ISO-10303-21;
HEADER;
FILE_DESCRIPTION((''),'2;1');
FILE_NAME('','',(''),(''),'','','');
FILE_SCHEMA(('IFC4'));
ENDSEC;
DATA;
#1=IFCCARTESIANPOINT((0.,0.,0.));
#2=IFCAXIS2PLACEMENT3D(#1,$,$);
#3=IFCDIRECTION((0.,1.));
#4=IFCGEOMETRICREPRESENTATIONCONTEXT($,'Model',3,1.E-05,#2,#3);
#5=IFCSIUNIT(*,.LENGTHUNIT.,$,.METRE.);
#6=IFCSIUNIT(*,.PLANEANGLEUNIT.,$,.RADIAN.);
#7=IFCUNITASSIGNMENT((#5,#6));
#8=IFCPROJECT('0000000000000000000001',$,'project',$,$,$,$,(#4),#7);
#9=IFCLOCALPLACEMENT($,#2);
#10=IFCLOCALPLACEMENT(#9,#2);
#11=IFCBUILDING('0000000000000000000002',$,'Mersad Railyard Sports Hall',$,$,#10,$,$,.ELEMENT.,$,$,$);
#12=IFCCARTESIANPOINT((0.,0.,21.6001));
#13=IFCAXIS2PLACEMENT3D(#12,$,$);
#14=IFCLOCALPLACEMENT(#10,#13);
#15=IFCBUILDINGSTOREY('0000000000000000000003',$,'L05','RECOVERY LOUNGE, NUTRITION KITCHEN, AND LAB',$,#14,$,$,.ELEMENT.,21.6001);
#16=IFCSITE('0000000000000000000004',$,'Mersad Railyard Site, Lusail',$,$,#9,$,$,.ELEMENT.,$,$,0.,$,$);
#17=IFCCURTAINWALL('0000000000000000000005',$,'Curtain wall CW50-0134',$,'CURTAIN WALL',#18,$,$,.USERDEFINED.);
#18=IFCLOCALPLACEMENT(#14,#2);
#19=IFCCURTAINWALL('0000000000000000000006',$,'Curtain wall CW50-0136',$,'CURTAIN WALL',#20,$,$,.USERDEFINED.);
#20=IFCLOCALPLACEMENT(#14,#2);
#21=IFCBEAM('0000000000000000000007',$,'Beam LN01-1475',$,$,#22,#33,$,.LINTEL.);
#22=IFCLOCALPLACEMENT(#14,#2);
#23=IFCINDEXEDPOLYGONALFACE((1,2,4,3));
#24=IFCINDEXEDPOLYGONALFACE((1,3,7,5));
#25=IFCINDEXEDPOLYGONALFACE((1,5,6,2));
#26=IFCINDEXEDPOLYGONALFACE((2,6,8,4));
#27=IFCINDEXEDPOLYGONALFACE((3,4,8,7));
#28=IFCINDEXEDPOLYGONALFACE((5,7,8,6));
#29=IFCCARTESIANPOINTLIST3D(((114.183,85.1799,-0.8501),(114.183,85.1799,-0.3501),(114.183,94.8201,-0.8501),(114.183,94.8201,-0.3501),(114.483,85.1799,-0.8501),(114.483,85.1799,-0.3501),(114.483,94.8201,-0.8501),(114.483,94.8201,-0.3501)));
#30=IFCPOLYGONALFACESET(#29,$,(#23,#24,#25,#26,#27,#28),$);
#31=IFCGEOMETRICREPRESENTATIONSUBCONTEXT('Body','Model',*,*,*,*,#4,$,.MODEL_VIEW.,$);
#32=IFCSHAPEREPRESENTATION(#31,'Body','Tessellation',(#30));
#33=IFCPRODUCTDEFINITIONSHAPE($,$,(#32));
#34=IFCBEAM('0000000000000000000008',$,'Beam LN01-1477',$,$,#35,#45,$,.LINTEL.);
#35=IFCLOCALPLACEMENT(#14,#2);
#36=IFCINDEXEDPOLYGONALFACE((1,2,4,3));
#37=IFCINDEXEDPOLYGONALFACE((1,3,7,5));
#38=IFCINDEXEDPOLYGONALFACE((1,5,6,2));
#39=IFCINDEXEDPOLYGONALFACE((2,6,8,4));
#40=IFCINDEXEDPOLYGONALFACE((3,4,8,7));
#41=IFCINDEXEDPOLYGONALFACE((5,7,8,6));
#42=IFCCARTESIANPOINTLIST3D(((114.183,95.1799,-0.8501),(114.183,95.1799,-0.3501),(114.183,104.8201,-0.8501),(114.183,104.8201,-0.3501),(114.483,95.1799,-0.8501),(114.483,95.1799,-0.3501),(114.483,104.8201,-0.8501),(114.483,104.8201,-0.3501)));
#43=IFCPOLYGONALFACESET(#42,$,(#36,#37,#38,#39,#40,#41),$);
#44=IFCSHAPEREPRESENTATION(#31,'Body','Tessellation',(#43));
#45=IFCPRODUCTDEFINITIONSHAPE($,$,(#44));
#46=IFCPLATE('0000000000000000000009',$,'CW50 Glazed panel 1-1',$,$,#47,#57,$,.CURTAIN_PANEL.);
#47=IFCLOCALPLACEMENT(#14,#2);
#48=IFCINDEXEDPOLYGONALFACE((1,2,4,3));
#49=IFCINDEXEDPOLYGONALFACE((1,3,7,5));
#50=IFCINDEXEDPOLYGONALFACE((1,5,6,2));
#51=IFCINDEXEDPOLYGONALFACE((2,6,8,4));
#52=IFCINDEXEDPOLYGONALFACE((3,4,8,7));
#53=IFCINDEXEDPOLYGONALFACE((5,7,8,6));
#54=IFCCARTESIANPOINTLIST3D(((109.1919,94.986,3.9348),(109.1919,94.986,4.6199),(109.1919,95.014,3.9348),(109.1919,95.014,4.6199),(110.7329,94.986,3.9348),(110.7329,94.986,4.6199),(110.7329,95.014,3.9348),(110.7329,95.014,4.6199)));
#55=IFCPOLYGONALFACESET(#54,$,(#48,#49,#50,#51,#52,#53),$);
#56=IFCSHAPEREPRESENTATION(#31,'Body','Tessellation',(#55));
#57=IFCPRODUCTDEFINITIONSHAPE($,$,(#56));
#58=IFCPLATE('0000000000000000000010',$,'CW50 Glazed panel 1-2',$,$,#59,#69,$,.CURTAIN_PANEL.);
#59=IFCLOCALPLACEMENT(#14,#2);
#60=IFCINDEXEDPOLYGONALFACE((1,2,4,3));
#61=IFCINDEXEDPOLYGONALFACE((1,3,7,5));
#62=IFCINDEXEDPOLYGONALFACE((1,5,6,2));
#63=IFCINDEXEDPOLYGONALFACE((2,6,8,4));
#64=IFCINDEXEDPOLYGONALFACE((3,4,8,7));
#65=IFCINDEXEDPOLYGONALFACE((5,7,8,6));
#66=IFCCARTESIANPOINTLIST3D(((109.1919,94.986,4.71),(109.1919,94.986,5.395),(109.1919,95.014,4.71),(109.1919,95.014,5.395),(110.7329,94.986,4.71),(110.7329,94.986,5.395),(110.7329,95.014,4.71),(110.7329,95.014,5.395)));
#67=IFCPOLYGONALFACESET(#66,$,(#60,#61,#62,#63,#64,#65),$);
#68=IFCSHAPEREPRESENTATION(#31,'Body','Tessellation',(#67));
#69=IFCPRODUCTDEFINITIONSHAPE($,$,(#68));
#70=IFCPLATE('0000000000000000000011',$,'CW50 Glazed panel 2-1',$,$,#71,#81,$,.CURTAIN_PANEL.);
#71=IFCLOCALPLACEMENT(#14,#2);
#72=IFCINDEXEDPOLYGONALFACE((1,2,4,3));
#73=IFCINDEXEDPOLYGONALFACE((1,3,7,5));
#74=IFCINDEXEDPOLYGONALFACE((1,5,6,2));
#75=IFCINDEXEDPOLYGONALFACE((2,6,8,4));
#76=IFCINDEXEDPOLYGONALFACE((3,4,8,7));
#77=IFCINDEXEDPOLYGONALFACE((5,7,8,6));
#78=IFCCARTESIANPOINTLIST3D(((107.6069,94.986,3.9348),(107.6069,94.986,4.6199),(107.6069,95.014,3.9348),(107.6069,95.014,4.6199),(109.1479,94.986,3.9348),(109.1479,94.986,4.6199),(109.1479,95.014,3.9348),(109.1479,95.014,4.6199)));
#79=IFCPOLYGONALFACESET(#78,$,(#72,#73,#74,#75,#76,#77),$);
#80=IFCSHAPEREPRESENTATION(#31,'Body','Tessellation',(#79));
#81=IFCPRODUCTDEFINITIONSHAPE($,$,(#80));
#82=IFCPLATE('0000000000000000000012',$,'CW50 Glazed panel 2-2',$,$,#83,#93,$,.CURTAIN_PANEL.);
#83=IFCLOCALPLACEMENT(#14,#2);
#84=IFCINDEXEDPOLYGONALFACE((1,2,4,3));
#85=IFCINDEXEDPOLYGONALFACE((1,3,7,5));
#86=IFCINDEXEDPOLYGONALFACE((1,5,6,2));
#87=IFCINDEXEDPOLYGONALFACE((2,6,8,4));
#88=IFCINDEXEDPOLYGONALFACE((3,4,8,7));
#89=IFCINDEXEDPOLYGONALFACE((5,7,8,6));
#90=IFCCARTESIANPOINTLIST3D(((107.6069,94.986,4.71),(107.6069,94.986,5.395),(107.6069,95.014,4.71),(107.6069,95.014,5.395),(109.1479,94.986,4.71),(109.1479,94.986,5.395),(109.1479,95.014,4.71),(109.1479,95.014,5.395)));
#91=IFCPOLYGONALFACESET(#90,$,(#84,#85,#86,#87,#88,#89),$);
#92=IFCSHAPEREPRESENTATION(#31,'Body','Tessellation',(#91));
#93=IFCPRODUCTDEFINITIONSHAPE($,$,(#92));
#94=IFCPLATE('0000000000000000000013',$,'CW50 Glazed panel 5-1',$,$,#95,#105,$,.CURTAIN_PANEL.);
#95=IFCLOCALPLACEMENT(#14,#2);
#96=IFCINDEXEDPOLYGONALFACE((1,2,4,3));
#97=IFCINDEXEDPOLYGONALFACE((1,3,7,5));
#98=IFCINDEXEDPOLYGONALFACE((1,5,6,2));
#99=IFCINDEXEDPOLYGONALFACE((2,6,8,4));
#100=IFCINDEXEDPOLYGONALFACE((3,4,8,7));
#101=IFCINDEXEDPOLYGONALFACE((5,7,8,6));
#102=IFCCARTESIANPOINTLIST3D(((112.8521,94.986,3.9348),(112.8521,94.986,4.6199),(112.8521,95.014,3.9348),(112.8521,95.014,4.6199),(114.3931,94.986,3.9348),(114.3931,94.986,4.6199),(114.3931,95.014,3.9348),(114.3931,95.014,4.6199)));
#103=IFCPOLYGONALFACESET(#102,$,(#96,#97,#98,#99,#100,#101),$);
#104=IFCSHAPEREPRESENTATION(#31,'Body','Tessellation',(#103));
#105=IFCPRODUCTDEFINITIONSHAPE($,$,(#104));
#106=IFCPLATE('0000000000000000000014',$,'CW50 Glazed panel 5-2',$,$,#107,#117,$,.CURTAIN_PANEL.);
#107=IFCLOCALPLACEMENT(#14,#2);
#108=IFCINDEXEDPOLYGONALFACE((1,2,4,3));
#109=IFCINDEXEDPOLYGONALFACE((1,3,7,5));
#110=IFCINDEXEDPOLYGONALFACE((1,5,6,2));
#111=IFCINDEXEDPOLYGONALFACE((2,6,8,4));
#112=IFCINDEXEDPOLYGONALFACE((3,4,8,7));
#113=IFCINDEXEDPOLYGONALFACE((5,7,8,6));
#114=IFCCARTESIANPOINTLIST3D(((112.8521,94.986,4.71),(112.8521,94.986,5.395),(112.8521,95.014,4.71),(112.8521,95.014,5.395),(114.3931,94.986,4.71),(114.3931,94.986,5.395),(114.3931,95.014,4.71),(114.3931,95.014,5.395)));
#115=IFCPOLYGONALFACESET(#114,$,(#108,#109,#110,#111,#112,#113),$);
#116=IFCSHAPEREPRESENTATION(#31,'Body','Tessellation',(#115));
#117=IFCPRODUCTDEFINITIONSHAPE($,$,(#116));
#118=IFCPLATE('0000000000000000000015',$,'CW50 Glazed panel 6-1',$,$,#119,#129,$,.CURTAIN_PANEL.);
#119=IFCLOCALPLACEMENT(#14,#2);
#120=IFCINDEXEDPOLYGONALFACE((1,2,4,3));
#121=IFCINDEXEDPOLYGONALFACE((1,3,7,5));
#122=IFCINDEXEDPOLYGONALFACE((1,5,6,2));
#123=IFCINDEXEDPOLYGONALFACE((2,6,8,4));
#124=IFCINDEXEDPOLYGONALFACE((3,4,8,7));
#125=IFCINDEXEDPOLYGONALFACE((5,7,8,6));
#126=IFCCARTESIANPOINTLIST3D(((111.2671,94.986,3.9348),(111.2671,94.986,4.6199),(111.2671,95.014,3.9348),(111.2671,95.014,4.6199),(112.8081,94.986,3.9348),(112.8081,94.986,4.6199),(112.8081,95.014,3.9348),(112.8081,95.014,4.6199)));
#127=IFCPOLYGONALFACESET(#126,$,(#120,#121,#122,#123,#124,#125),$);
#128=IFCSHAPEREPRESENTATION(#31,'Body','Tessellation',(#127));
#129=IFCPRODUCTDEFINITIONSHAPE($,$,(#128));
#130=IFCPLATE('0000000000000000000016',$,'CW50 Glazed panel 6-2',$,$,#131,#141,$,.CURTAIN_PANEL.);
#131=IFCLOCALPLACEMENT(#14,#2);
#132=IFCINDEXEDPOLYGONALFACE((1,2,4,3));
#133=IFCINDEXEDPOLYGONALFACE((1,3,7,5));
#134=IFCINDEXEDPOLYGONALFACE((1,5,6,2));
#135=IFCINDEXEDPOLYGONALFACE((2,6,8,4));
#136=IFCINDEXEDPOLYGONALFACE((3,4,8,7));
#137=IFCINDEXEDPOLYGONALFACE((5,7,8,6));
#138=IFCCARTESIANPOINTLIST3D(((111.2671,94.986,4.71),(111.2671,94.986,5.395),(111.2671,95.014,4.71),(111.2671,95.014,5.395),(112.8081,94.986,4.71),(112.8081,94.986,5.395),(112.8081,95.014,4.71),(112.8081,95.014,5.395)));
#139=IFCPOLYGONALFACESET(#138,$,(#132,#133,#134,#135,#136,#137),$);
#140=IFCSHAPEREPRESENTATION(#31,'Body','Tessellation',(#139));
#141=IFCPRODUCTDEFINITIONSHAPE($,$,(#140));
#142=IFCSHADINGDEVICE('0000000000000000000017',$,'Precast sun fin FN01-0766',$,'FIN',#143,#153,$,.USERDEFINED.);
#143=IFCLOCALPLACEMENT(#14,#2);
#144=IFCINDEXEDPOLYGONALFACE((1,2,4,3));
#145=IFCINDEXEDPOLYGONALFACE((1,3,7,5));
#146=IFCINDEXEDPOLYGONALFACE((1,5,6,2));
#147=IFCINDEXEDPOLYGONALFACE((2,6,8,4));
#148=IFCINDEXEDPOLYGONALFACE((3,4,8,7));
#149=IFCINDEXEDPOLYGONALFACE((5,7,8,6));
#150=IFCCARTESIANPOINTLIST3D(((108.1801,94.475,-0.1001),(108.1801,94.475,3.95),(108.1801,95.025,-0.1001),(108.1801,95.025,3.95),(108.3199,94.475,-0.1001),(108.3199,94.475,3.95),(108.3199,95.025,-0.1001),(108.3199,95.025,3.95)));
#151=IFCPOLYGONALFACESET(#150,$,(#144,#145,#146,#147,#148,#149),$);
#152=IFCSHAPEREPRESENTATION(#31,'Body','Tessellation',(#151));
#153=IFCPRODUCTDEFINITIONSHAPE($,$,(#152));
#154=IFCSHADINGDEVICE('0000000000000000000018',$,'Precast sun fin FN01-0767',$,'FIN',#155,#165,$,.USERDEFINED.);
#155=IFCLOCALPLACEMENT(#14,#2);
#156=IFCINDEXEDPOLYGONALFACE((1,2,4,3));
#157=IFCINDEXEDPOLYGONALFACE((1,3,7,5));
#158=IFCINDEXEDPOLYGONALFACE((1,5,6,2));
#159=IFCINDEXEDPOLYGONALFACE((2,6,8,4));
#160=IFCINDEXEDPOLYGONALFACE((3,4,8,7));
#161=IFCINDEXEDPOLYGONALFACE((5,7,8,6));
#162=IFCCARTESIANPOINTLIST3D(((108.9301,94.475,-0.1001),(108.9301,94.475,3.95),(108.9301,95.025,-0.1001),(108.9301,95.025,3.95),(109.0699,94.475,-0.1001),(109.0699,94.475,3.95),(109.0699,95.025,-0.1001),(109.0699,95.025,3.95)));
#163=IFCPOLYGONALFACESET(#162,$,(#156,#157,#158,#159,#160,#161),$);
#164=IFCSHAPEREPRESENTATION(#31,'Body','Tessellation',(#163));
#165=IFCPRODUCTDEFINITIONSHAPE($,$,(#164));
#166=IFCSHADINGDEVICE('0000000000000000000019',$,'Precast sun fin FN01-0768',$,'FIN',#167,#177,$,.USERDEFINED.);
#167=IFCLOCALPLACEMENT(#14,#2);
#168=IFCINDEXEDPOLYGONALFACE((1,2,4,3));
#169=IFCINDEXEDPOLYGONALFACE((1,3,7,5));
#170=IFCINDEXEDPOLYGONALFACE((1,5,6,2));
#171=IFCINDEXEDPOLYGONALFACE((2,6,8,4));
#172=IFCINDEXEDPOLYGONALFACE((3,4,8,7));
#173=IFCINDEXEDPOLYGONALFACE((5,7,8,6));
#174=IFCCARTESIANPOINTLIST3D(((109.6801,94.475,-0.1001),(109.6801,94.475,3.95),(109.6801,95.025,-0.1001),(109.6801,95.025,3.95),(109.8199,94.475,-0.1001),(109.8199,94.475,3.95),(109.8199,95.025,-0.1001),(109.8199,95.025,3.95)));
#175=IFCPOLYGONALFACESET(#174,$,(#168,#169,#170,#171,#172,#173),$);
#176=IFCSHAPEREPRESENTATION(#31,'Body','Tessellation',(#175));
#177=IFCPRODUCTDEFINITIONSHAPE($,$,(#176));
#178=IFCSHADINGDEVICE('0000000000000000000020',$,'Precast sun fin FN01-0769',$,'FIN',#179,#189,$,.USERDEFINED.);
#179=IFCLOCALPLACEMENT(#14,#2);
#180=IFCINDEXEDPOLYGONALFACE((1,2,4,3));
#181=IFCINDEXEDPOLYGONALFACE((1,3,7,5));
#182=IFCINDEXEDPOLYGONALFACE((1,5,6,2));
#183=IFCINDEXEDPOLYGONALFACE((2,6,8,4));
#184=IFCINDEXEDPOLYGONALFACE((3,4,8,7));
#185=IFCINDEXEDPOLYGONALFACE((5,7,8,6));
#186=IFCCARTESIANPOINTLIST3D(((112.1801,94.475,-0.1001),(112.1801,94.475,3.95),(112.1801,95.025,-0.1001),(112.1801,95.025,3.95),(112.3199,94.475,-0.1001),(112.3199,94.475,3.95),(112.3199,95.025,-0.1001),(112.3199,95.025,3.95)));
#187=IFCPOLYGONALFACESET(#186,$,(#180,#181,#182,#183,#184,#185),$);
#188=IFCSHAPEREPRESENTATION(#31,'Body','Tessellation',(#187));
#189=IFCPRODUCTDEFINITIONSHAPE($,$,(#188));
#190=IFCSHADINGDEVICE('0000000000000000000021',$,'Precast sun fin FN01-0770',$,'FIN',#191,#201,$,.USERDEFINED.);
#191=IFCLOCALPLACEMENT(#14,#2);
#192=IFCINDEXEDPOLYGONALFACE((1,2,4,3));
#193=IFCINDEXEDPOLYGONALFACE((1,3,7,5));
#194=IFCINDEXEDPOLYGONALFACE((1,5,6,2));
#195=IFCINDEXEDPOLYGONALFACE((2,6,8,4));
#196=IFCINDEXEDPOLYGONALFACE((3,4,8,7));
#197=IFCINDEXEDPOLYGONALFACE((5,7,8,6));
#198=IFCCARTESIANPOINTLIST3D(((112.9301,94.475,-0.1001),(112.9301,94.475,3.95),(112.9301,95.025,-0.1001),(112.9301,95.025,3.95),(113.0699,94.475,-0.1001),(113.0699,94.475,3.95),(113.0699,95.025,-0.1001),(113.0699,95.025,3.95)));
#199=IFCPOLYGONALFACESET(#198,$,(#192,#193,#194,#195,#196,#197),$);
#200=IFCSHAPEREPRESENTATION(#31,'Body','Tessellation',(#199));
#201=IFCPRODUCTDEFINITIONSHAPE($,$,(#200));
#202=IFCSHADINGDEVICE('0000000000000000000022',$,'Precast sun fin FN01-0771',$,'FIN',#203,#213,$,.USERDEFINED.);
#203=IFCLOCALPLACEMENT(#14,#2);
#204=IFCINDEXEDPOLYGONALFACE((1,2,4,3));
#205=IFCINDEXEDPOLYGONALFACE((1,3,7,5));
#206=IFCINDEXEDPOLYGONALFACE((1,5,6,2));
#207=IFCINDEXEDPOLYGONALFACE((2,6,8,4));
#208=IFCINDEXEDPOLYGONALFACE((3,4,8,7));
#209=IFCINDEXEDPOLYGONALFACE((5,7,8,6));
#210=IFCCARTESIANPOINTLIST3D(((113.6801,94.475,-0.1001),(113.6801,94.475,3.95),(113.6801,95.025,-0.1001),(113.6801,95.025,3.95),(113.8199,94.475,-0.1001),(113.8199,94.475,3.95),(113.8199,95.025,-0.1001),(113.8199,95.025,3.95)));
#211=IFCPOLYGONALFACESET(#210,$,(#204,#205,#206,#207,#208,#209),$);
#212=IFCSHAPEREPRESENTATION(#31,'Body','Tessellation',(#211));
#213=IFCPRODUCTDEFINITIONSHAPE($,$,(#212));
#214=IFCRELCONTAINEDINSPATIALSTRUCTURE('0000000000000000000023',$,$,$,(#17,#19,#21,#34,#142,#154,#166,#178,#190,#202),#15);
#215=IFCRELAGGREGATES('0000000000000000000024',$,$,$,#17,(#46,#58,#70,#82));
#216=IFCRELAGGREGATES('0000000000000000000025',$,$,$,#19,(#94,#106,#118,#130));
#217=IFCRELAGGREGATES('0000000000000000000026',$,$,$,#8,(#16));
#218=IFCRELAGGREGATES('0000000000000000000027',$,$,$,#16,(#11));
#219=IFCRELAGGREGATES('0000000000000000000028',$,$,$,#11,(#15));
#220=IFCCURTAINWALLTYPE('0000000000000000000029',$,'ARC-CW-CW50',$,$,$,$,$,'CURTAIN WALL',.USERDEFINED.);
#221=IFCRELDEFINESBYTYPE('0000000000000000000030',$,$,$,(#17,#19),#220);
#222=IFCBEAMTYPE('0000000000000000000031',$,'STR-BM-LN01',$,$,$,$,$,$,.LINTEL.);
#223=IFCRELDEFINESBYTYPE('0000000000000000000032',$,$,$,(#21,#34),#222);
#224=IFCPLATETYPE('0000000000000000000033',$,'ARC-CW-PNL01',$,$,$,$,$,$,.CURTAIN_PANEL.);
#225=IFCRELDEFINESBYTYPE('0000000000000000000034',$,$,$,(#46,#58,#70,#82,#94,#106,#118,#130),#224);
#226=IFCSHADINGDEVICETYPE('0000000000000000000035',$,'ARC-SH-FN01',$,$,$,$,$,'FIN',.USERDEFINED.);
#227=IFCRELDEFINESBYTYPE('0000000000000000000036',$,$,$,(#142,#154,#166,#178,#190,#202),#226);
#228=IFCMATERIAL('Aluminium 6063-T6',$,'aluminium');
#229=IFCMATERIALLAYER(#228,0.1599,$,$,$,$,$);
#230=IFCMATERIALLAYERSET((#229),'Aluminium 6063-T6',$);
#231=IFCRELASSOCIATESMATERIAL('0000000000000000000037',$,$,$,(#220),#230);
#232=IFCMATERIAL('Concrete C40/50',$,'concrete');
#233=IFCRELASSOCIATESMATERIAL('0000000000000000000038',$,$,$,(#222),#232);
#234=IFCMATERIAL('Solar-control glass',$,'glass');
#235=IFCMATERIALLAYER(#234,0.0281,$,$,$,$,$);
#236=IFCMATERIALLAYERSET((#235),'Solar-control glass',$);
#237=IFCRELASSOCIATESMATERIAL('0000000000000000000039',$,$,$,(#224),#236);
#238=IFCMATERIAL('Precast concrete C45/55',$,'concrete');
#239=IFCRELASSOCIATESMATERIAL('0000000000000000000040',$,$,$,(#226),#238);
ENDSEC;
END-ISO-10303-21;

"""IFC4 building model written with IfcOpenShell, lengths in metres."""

from ifc_helpers import new_model, si_unit, direction, frame, origin, origin_2d, place, context, subcontext, project, spatial, rectangle, extrude, material, layer, layer_set, material_profile, profile_set, type_object, element, aggregate, save


model = new_model("IFC4")

# Units and contexts
model_context = context("Model", 3, precision=1e-05, world=origin(), true_north=direction((0.0, 1.0)))
body_context = subcontext(model_context, "Body", "Model", "MODEL_VIEW")
ifc_project = project(units=[si_unit("LENGTHUNIT", "METRE"), si_unit("PLANEANGLEUNIT", "RADIAN")], contexts=[model_context])

# Site, building, storey
site_placement = place(None, origin())
site = spatial("IfcSite", under=ifc_project, at=site_placement, Name="Mersad Railyard Site, Lusail", CompositionType="ELEMENT", RefElevation=0.0)
building_placement = place(site_placement, origin())
building = spatial("IfcBuilding", under=site, at=building_placement, Name="Mersad Railyard Sports Hall", CompositionType="ELEMENT")
storey_placement = place(building_placement, frame((0.0, 0.0, 21.6001)))
storey = spatial("IfcBuildingStorey", under=building, at=storey_placement, Name="L05", Description="RECOVERY LOUNGE, NUTRITION KITCHEN, AND LAB", CompositionType="ELEMENT", Elevation=21.6001)

# Shared definitions
ifc_material_1 = material(Name="Concrete C40/50", Category="concrete")

# Curtain walls
ifc_material_2 = material(Name="Aluminium 6063-T6", Category="aluminium")
ifc_layer_1 = layer(ifc_material_2, 0.1599)
ifc_layer_set_1 = layer_set([ifc_layer_1], Name="Aluminium 6063-T6")
curtain_wall_type = type_object("IfcCurtainWallType", Name="ARC-CW-CW50", ElementType="CURTAIN WALL", PredefinedType="USERDEFINED", material=ifc_layer_set_1)
curtain_wall_1_placement = place(storey_placement, origin())
curtain_wall_1 = element("IfcCurtainWall", 1, at=curtain_wall_1_placement, inside=storey, type_object=curtain_wall_type, Name="Curtain wall CW50-0134", ObjectType="CURTAIN WALL", PredefinedType="USERDEFINED")
curtain_wall_2_placement = place(storey_placement, origin())
curtain_wall_2 = element("IfcCurtainWall", 2, at=curtain_wall_2_placement, inside=storey, type_object=curtain_wall_type, Name="Curtain wall CW50-0136", ObjectType="CURTAIN WALL", PredefinedType="USERDEFINED")

# Beams
ifc_material_profile_1 = material_profile(ifc_material_1, rectangle(XDim=0.3, YDim=0.5, at=origin_2d()), Name="RC 300x500")
ifc_profile_set_1 = profile_set([ifc_material_profile_1], Name="Concrete C40/50")
beam_type_1 = type_object("IfcBeamType", Name="STR-BM-LN01", PredefinedType="LINTEL", material=ifc_profile_set_1)
for number, where, z_axis, x_axis, name in (
    (3, (114.333, 85.1799, -0.6001), (0.0, 1.0, 0.0), (-1.0, 0.0, 0.0), "Beam LN01-1475"),
    (4, (114.333, 95.1799, -0.6001), (0.0, 1.0, 0.0), (-1.0, 0.0, 0.0), "Beam LN01-1477"),
):
    element("IfcBeam", number, at=place(storey_placement, frame(where, z_axis=z_axis, x_axis=x_axis)), inside=storey, type_object=beam_type_1, Name=name, PredefinedType="LINTEL", context=body_context, shape_type="SweptSolid", body=[
        extrude(rectangle(XDim=0.3, YDim=0.5, at=origin_2d()), origin(), (0.0, 0.0, 1.0), 9.6401),
    ])

# Plates
ifc_material_3 = material(Name="Solar-control glass", Category="glass")
ifc_layer_2 = layer(ifc_material_3, 0.0281)
ifc_layer_set_2 = layer_set([ifc_layer_2], Name="Solar-control glass")
plate_type = type_object("IfcPlateType", Name="ARC-CW-PNL01", PredefinedType="CURTAIN_PANEL", material=ifc_layer_set_2)
plate_1_placement = place(storey_placement, frame((109.9624, 95.0, 3.9348), z_axis=(0.0, 0.0, 1.0), x_axis=(-1.0, 0.0, 0.0)))
plate_1 = element("IfcPlate", 5, at=plate_1_placement, type_object=plate_type, Name="CW50 Glazed panel 1-1", PredefinedType="CURTAIN_PANEL", context=body_context, shape_type="SweptSolid", body=[
    extrude(rectangle(XDim=1.541, YDim=0.0281, at=origin_2d()), origin(), (0.0, 0.0, 1.0), 0.6851),
])
plate_2_placement = place(storey_placement, frame((109.9624, 95.0, 4.71), z_axis=(0.0, 0.0, 1.0), x_axis=(-1.0, 0.0, 0.0)))
plate_2 = element("IfcPlate", 6, at=plate_2_placement, type_object=plate_type, Name="CW50 Glazed panel 1-2", PredefinedType="CURTAIN_PANEL", context=body_context, shape_type="SweptSolid", body=[
    extrude(rectangle(XDim=1.541, YDim=0.0281, at=origin_2d()), origin(), (0.0, 0.0, 1.0), 0.6851),
])
plate_3_placement = place(storey_placement, frame((108.3774, 95.0, 3.9348), z_axis=(0.0, 0.0, 1.0), x_axis=(-1.0, 0.0, 0.0)))
plate_3 = element("IfcPlate", 7, at=plate_3_placement, type_object=plate_type, Name="CW50 Glazed panel 2-1", PredefinedType="CURTAIN_PANEL", context=body_context, shape_type="SweptSolid", body=[
    extrude(rectangle(XDim=1.541, YDim=0.0281, at=origin_2d()), origin(), (0.0, 0.0, 1.0), 0.6851),
])
plate_4_placement = place(storey_placement, frame((108.3774, 95.0, 4.71), z_axis=(0.0, 0.0, 1.0), x_axis=(-1.0, 0.0, 0.0)))
plate_4 = element("IfcPlate", 8, at=plate_4_placement, type_object=plate_type, Name="CW50 Glazed panel 2-2", PredefinedType="CURTAIN_PANEL", context=body_context, shape_type="SweptSolid", body=[
    extrude(rectangle(XDim=1.541, YDim=0.0281, at=origin_2d()), origin(), (0.0, 0.0, 1.0), 0.6851),
])
aggregate(curtain_wall_1, [plate_1, plate_2, plate_3, plate_4])
plate_5_placement = place(storey_placement, frame((113.6226, 95.0, 3.9348), z_axis=(0.0, 0.0, 1.0), x_axis=(-1.0, 0.0, 0.0)))
plate_5 = element("IfcPlate", 9, at=plate_5_placement, type_object=plate_type, Name="CW50 Glazed panel 5-1", PredefinedType="CURTAIN_PANEL", context=body_context, shape_type="SweptSolid", body=[
    extrude(rectangle(XDim=1.541, YDim=0.0281, at=origin_2d()), origin(), (0.0, 0.0, 1.0), 0.6851),
])
plate_6_placement = place(storey_placement, frame((113.6226, 95.0, 4.71), z_axis=(0.0, 0.0, 1.0), x_axis=(-1.0, 0.0, 0.0)))
plate_6 = element("IfcPlate", 10, at=plate_6_placement, type_object=plate_type, Name="CW50 Glazed panel 5-2", PredefinedType="CURTAIN_PANEL", context=body_context, shape_type="SweptSolid", body=[
    extrude(rectangle(XDim=1.541, YDim=0.0281, at=origin_2d()), origin(), (0.0, 0.0, 1.0), 0.6851),
])
plate_7_placement = place(storey_placement, frame((112.0376, 95.0, 3.9348), z_axis=(0.0, 0.0, 1.0), x_axis=(-1.0, 0.0, 0.0)))
plate_7 = element("IfcPlate", 11, at=plate_7_placement, type_object=plate_type, Name="CW50 Glazed panel 6-1", PredefinedType="CURTAIN_PANEL", context=body_context, shape_type="SweptSolid", body=[
    extrude(rectangle(XDim=1.541, YDim=0.0281, at=origin_2d()), origin(), (0.0, 0.0, 1.0), 0.6851),
])
plate_8_placement = place(storey_placement, frame((112.0376, 95.0, 4.71), z_axis=(0.0, 0.0, 1.0), x_axis=(-1.0, 0.0, 0.0)))
plate_8 = element("IfcPlate", 12, at=plate_8_placement, type_object=plate_type, Name="CW50 Glazed panel 6-2", PredefinedType="CURTAIN_PANEL", context=body_context, shape_type="SweptSolid", body=[
    extrude(rectangle(XDim=1.541, YDim=0.0281, at=origin_2d()), origin(), (0.0, 0.0, 1.0), 0.6851),
])
aggregate(curtain_wall_2, [plate_5, plate_6, plate_7, plate_8])

# Shading devices
ifc_material_4 = material(Name="Precast concrete C45/55", Category="concrete")
shading_device_type = type_object("IfcShadingDeviceType", Name="ARC-SH-FN01", ElementType="FIN", PredefinedType="USERDEFINED", material=ifc_material_4)
for number, where, z_axis, x_axis, name in (
    (13, (108.25, 94.75, -0.1001), (0.0, 0.0, 1.0), (1.0, 0.0, 0.0), "Precast sun fin FN01-0766"),
    (14, (109.0, 94.75, -0.1001), (0.0, 0.0, 1.0), (1.0, 0.0, 0.0), "Precast sun fin FN01-0767"),
    (15, (109.75, 94.75, -0.1001), (0.0, 0.0, 1.0), (1.0, 0.0, 0.0), "Precast sun fin FN01-0768"),
    (16, (112.25, 94.75, -0.1001), (0.0, 0.0, 1.0), (1.0, 0.0, 0.0), "Precast sun fin FN01-0769"),
    (17, (113.0, 94.75, -0.1001), (0.0, 0.0, 1.0), (1.0, 0.0, 0.0), "Precast sun fin FN01-0770"),
    (18, (113.75, 94.75, -0.1001), (0.0, 0.0, 1.0), (1.0, 0.0, 0.0), "Precast sun fin FN01-0771"),
):
    element("IfcShadingDevice", number, at=place(storey_placement, frame(where, z_axis=z_axis, x_axis=x_axis)), inside=storey, type_object=shading_device_type, Name=name, ObjectType="FIN", PredefinedType="USERDEFINED", context=body_context, shape_type="SweptSolid", body=[
        extrude(rectangle(XDim=0.1399, YDim=0.55, at=origin_2d()), origin(), (0.0, 0.0, 1.0), 4.05),
    ])

save(model, "model.ifc")
